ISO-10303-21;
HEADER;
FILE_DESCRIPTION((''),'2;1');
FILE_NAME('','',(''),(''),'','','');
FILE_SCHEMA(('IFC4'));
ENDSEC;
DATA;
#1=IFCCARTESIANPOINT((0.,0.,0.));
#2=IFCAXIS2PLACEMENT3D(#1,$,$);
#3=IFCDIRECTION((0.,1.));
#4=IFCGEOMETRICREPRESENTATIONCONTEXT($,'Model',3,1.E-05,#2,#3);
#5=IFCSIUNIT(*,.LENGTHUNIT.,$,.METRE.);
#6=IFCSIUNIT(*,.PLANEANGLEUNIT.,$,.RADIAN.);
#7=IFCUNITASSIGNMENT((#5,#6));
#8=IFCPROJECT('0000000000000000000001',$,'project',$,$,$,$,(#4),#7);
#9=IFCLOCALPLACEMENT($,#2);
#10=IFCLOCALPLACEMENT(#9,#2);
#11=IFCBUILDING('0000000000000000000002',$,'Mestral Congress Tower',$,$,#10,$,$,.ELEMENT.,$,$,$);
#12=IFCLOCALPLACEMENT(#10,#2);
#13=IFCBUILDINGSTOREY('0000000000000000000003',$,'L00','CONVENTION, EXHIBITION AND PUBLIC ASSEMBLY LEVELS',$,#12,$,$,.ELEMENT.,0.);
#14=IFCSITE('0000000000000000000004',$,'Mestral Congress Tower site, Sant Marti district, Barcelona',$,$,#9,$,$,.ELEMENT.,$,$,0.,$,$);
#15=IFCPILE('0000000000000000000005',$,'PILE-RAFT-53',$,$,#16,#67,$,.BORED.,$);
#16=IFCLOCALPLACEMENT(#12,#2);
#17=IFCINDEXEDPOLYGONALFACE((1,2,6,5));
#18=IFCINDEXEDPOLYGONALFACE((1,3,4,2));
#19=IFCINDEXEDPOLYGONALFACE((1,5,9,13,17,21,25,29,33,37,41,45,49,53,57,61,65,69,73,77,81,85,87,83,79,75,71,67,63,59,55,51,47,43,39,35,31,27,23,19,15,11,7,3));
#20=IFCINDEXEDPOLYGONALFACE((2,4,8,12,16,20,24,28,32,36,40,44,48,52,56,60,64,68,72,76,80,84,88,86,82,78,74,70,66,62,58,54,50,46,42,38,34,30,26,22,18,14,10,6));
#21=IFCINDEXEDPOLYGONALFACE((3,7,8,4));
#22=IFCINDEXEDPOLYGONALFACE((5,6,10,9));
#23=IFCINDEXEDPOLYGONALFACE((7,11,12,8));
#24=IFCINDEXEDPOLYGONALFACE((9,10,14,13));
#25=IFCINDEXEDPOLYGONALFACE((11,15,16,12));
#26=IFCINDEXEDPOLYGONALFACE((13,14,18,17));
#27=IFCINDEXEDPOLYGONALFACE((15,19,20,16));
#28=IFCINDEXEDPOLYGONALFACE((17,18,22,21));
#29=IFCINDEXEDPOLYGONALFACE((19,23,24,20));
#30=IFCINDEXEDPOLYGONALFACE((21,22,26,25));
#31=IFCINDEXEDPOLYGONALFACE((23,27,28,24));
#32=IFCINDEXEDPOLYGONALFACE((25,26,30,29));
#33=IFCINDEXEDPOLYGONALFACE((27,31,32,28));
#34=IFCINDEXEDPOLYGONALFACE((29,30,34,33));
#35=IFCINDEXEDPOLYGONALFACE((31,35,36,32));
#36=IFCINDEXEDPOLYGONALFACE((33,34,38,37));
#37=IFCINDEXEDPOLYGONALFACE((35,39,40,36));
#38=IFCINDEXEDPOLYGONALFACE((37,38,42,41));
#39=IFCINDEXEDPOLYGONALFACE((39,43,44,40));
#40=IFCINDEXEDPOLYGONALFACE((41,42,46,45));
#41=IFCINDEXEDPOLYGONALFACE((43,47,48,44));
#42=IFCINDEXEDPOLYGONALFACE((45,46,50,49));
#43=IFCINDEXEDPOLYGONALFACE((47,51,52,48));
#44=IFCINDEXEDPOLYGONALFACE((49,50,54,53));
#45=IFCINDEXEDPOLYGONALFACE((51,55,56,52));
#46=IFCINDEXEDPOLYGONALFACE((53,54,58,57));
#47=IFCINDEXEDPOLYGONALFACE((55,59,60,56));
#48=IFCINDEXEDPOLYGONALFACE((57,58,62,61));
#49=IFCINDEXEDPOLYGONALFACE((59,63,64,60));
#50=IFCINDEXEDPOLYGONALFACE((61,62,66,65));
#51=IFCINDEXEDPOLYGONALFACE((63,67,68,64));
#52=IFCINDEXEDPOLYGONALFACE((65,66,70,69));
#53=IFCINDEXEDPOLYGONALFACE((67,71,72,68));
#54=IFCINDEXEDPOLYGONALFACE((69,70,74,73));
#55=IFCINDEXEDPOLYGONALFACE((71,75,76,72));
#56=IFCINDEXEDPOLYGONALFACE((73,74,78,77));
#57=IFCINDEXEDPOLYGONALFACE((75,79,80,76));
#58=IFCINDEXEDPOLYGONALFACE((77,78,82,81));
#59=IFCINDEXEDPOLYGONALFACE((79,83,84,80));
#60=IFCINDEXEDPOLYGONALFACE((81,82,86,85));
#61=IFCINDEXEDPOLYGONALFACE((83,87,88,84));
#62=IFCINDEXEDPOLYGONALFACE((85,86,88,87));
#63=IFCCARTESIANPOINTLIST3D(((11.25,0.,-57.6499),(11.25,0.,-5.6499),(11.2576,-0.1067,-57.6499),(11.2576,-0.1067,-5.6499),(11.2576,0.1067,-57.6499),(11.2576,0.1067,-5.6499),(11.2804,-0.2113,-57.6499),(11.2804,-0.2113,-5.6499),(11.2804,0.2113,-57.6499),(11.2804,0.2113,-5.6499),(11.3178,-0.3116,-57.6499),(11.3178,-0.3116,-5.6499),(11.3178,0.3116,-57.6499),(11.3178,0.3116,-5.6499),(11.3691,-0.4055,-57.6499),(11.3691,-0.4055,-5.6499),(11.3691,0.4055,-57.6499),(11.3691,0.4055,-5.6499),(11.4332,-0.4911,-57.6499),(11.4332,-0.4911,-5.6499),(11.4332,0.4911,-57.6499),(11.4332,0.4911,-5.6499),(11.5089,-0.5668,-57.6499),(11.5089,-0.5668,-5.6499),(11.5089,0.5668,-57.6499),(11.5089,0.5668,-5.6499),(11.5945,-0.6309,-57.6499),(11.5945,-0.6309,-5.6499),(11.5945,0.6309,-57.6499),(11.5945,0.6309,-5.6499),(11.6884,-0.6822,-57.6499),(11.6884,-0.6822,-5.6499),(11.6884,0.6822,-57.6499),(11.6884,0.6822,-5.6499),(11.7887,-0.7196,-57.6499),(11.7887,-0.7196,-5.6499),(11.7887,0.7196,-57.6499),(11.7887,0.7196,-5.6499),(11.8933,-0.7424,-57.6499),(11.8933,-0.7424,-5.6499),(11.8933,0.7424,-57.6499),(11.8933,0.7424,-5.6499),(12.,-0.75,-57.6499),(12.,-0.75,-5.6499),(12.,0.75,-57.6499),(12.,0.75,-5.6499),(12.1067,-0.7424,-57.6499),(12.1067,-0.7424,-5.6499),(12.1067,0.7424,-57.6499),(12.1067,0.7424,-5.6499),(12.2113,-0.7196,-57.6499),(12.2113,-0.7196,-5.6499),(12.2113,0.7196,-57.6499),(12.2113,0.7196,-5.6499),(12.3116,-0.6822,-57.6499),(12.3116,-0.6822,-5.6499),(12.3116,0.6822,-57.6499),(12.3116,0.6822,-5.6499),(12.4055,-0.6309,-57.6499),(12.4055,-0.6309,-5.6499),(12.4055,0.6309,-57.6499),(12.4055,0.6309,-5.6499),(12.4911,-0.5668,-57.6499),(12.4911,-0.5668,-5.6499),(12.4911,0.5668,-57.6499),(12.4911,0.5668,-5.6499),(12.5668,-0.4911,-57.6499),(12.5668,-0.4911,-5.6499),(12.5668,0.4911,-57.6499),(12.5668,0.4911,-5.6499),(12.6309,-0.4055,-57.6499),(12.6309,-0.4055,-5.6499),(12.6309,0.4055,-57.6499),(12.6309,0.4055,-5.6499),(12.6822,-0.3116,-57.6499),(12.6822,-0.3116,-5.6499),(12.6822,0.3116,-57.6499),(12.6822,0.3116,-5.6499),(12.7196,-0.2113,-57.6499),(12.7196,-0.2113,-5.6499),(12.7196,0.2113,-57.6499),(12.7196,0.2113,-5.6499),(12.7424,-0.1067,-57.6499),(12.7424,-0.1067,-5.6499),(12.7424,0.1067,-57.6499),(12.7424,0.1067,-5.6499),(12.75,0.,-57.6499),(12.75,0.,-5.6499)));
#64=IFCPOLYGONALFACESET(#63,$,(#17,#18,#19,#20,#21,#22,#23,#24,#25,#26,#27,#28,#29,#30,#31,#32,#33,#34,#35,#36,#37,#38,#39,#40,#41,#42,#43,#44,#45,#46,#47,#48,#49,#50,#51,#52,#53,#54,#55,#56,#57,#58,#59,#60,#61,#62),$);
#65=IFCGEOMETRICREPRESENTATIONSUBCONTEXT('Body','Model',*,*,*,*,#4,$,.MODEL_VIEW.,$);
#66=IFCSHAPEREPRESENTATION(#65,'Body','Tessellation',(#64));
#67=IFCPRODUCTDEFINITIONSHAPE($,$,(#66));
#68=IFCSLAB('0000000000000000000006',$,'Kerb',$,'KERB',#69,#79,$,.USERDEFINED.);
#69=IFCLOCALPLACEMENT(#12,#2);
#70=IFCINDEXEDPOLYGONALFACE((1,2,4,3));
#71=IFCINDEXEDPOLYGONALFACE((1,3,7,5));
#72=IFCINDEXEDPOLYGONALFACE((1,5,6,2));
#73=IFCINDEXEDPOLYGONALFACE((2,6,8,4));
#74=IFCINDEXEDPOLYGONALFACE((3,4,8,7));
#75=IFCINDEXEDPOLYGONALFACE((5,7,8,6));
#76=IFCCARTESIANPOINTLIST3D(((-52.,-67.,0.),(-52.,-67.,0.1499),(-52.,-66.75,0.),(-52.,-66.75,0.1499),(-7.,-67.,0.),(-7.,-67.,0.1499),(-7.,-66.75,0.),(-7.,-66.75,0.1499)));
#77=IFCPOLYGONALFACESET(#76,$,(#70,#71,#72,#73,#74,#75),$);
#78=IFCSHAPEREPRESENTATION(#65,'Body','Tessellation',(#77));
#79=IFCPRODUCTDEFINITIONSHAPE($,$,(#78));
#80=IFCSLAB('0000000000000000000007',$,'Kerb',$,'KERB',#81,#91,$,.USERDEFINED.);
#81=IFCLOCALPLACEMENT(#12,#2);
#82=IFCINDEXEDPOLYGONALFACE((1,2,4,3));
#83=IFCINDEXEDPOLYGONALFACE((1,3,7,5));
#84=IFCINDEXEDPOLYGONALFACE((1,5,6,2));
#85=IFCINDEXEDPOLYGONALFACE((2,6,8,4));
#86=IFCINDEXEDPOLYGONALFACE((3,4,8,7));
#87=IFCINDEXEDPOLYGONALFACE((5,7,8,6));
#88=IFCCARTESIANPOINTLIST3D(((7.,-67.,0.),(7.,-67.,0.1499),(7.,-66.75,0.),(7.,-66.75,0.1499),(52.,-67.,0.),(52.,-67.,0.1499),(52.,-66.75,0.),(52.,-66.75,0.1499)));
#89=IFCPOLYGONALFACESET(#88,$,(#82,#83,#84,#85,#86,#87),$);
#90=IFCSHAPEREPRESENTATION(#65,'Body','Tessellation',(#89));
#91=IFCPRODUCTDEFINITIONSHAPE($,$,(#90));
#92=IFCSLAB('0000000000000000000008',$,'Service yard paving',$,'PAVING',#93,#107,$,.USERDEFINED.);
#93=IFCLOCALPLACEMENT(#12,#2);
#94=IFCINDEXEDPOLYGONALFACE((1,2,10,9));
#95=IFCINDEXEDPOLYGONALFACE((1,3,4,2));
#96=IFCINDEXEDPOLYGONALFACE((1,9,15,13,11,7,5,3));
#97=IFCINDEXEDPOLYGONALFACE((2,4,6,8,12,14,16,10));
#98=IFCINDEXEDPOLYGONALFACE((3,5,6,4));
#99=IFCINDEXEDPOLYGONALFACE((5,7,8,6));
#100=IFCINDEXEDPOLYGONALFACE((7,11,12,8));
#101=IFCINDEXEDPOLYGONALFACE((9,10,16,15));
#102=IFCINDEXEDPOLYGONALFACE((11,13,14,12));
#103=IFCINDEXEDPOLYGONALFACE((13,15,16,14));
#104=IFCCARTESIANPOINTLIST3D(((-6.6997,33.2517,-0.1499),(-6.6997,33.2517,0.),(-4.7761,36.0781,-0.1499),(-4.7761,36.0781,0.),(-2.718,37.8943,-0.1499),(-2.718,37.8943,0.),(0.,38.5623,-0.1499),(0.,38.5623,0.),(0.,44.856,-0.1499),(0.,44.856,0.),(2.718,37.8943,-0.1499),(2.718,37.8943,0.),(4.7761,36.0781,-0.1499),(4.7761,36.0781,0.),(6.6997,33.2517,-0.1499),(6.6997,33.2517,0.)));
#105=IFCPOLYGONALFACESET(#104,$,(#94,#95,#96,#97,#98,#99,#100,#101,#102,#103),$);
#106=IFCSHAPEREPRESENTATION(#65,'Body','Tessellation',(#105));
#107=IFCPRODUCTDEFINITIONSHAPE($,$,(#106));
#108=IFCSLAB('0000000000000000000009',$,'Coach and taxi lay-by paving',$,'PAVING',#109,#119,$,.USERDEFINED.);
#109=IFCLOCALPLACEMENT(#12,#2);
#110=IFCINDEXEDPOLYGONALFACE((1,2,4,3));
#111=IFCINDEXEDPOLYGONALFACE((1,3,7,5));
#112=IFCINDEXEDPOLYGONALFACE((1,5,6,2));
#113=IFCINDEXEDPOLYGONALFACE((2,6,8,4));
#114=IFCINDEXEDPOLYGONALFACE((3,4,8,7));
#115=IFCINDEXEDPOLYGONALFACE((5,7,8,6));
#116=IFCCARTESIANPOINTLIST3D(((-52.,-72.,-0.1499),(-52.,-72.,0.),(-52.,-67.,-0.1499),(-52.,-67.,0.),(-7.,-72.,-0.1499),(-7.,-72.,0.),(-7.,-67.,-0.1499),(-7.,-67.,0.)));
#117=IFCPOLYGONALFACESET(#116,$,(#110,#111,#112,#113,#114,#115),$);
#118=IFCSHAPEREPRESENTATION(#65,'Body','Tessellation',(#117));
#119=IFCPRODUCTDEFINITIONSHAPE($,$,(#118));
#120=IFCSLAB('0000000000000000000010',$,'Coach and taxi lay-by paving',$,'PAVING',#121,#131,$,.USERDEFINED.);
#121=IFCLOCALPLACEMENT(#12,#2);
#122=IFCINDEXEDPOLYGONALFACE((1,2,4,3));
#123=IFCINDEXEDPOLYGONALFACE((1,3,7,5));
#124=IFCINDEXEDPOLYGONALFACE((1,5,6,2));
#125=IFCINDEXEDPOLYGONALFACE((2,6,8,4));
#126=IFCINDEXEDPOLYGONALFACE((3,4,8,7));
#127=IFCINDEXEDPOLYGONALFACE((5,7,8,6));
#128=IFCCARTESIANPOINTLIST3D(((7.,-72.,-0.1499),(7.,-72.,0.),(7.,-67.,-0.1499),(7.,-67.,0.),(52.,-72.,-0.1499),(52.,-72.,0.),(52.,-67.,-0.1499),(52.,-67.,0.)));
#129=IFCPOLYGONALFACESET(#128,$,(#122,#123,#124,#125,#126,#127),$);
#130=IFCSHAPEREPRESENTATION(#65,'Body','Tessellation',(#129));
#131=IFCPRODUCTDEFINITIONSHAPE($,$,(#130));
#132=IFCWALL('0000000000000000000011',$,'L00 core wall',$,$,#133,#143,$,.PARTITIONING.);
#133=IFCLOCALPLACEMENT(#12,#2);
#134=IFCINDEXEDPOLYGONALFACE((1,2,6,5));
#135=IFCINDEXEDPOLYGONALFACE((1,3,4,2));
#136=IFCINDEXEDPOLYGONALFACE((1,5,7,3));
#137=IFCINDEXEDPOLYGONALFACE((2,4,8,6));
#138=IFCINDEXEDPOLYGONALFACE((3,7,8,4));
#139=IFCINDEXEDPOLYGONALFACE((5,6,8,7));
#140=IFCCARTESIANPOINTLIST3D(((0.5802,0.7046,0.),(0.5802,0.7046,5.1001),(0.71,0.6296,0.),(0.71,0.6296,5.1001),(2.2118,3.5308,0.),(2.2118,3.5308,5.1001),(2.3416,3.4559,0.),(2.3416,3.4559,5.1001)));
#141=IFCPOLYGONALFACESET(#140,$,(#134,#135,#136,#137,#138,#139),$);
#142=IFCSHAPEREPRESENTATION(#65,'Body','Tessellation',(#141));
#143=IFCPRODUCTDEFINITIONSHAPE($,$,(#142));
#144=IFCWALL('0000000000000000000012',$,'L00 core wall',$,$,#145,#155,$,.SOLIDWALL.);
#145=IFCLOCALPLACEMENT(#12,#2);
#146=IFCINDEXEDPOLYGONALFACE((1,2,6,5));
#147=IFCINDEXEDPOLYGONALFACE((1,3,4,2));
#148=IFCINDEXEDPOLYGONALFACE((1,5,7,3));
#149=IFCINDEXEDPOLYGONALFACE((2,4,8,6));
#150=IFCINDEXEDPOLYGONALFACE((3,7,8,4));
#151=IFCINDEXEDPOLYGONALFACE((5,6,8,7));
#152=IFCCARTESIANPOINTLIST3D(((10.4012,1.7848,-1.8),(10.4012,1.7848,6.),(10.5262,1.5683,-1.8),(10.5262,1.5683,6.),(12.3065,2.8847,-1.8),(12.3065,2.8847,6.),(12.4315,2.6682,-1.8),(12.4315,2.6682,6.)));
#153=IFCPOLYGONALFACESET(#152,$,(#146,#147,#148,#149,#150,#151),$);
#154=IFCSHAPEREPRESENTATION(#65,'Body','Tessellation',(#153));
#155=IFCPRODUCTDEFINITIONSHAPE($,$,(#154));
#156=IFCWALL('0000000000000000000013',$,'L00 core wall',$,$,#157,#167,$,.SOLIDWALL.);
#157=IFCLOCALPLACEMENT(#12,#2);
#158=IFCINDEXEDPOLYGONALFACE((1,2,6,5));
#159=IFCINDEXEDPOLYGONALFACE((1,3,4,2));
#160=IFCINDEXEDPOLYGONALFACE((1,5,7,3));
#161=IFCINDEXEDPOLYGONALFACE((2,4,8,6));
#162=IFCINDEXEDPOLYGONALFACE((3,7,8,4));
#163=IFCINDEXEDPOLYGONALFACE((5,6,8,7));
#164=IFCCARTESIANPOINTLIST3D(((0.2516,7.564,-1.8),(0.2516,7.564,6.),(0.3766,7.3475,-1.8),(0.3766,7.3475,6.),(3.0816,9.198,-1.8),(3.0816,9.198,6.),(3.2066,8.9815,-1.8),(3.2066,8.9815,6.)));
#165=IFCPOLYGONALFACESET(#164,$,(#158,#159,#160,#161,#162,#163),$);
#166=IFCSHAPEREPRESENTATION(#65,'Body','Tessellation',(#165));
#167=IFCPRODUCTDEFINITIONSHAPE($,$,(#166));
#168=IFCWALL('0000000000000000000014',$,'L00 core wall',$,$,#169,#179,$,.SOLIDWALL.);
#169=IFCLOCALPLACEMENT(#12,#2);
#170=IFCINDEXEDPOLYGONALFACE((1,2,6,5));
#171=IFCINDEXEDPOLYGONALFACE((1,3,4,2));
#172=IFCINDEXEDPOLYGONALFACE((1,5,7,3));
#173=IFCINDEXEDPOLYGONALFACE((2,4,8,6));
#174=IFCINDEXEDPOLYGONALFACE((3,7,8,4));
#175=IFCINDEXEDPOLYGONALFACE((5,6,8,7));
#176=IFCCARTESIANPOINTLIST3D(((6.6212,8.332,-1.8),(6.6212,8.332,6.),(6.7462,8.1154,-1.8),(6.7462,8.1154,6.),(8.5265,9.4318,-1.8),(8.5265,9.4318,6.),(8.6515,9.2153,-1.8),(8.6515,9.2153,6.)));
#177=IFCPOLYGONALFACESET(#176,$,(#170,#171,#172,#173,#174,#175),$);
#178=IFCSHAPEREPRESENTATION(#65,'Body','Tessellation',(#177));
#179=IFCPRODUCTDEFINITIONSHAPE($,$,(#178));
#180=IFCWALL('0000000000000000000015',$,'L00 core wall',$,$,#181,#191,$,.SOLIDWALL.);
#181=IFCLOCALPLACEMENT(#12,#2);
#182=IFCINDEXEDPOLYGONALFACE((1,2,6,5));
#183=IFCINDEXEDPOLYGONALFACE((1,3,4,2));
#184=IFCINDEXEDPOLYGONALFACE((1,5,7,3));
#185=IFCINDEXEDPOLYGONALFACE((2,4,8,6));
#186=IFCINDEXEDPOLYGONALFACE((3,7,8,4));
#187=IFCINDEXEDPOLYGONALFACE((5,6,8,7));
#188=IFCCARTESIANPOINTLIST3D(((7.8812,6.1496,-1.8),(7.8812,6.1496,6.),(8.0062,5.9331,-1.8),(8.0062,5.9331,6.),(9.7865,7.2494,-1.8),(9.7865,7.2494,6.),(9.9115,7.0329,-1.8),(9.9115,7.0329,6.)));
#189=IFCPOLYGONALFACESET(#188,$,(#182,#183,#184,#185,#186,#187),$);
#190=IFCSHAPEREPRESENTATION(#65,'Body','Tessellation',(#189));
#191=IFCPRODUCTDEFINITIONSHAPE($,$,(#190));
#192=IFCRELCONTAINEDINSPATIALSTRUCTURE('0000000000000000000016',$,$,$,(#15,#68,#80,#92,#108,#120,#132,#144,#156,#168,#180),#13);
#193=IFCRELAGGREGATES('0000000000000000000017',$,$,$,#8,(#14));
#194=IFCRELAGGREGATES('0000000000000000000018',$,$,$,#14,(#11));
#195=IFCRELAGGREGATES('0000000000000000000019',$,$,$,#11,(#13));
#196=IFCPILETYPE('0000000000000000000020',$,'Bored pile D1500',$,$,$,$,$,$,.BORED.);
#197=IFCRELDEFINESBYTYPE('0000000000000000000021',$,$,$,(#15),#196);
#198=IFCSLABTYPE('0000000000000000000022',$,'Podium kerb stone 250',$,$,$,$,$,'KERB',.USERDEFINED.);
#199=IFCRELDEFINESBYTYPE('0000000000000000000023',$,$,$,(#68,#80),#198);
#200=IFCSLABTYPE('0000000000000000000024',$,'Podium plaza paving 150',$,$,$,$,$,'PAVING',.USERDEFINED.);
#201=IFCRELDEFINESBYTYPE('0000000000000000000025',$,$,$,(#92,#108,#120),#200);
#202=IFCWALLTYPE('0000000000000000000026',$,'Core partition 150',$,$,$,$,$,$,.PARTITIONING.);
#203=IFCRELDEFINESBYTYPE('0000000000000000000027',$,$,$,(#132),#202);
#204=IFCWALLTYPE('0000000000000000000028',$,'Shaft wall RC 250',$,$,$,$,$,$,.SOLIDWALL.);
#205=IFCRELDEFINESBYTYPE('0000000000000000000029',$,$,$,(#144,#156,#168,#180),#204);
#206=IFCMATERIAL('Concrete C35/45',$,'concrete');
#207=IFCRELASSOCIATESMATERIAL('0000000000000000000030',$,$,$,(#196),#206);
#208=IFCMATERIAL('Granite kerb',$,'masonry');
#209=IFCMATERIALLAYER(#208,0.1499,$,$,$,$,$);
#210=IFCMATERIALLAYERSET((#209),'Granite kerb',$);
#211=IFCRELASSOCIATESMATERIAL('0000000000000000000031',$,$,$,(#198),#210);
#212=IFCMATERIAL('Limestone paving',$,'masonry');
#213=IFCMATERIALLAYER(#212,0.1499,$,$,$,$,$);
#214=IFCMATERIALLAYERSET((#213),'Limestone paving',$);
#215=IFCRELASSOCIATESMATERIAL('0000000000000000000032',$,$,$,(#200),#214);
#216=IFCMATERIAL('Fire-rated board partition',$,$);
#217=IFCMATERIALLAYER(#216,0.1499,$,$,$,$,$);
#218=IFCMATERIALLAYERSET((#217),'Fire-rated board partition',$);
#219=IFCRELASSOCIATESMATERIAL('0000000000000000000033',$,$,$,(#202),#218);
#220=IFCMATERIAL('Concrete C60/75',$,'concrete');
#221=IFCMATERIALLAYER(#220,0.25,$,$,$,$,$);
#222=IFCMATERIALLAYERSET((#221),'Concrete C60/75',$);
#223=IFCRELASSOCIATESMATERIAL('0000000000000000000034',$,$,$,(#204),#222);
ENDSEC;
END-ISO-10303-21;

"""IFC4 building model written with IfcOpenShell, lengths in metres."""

from ifc_helpers import new_model, si_unit, direction, frame, frame_2d, origin, origin_2d, place, context, subcontext, project, spatial, polyline, rectangle, circle, outline, extrude, material, layer, layer_set, material_profile, profile_set, type_object, element, save


model = new_model("IFC4")

# Units and contexts
model_context = context("Model", 3, precision=1e-05, world=origin(), true_north=direction((0.0, 1.0)))
body_context = subcontext(model_context, "Body", "Model", "MODEL_VIEW")
ifc_project = project(units=[si_unit("LENGTHUNIT", "METRE"), si_unit("PLANEANGLEUNIT", "RADIAN")], contexts=[model_context])

# Site, building, storey
site_placement = place(None, origin())
site = spatial("IfcSite", under=ifc_project, at=site_placement, Name="Mestral Congress Tower site, Sant Marti district, Barcelona", CompositionType="ELEMENT", RefElevation=0.0)
building_placement = place(site_placement, origin())
building = spatial("IfcBuilding", under=site, at=building_placement, Name="Mestral Congress Tower", CompositionType="ELEMENT")
storey_placement = place(building_placement, origin())
storey = spatial("IfcBuildingStorey", under=building, at=storey_placement, Name="L00", Description="CONVENTION, EXHIBITION AND PUBLIC ASSEMBLY LEVELS", CompositionType="ELEMENT", Elevation=0.0)

# Pile
ifc_material_1 = material(Name="Concrete C35/45", Category="concrete")
ifc_material_profile = material_profile(ifc_material_1, circle(Radius=0.75, at=origin_2d()), Name="D1500")
ifc_profile_set = profile_set([ifc_material_profile], Name="Concrete C35/45")
pile_type = type_object("IfcPileType", Name="Bored pile D1500", PredefinedType="BORED", material=ifc_profile_set)
for number, where, z_axis, x_axis, name in (
    (1, (12.0, 0.0, -5.6499), (0.0, 0.0, -1.0), (1.0, 0.0, 0.0), "PILE-RAFT-53"),
):
    element("IfcPile", number, at=place(storey_placement, frame(where, z_axis=z_axis, x_axis=x_axis)), inside=storey, type_object=pile_type, Name=name, PredefinedType="BORED", context=body_context, shape_type="SweptSolid", body=[
        extrude(circle(Radius=0.75, at=origin_2d()), origin(), (0.0, 0.0, 1.0), 52.0),
    ])

# Slabs
ifc_material_2 = material(Name="Granite kerb", Category="masonry")
ifc_layer_1 = layer(ifc_material_2, 0.1499)
ifc_layer_set_1 = layer_set([ifc_layer_1], Name="Granite kerb")
slab_type_1 = type_object("IfcSlabType", Name="Podium kerb stone 250", ElementType="KERB", PredefinedType="USERDEFINED", material=ifc_layer_set_1)
placement_1 = place(storey_placement, origin())
element("IfcSlab", 2, at=placement_1, inside=storey, type_object=slab_type_1, Name="Kerb", ObjectType="KERB", PredefinedType="USERDEFINED", context=body_context, shape_type="SweptSolid", body=[
    extrude(outline(polyline([(-52.0, -67.0), (-7.0, -67.0), (-7.0, -66.75), (-52.0, -66.75), (-52.0, -67.0)])), origin(), (0.0, 0.0, 1.0), 0.1499),
])
element("IfcSlab", 3, at=placement_1, inside=storey, type_object=slab_type_1, Name="Kerb", ObjectType="KERB", PredefinedType="USERDEFINED", context=body_context, shape_type="SweptSolid", body=[
    extrude(outline(polyline([(7.0, -67.0), (52.0, -67.0), (52.0, -66.75), (7.0, -66.75), (7.0, -67.0)])), origin(), (0.0, 0.0, 1.0), 0.1499),
])
ifc_material_3 = material(Name="Limestone paving", Category="masonry")
ifc_layer_2 = layer(ifc_material_3, 0.1499)
ifc_layer_set_2 = layer_set([ifc_layer_2], Name="Limestone paving")
slab_type_2 = type_object("IfcSlabType", Name="Podium plaza paving 150", ElementType="PAVING", PredefinedType="USERDEFINED", material=ifc_layer_set_2)
placement_2 = place(storey_placement, frame((0.0, 0.0, -0.1499)))
element("IfcSlab", 4, at=placement_2, inside=storey, type_object=slab_type_2, Name="Service yard paving", ObjectType="PAVING", PredefinedType="USERDEFINED", context=body_context, shape_type="SweptSolid", body=[
    extrude(outline(polyline([(2.718, 37.8943), (0.0, 38.5623), (-2.718, 37.8943), (-4.7761, 36.0781), (-6.6997, 33.2517), (0.0, 44.856), (6.6997, 33.2517), (4.7761, 36.0781), (2.718, 37.8943)])), origin(), (0.0, 0.0, 1.0), 0.1499),
])
element("IfcSlab", 5, at=placement_2, inside=storey, type_object=slab_type_2, Name="Coach and taxi lay-by paving", ObjectType="PAVING", PredefinedType="USERDEFINED", context=body_context, shape_type="SweptSolid", body=[
    extrude(outline(polyline([(-52.0, -72.0), (-52.0, -67.0), (-7.0, -67.0), (-7.0, -72.0), (-52.0, -72.0)])), origin(), (0.0, 0.0, 1.0), 0.1499),
])
element("IfcSlab", 6, at=placement_2, inside=storey, type_object=slab_type_2, Name="Coach and taxi lay-by paving", ObjectType="PAVING", PredefinedType="USERDEFINED", context=body_context, shape_type="SweptSolid", body=[
    extrude(outline(polyline([(7.0, -72.0), (7.0, -67.0), (52.0, -67.0), (52.0, -72.0), (7.0, -72.0)])), origin(), (0.0, 0.0, 1.0), 0.1499),
])

# Walls
ifc_material_4 = material(Name="Fire-rated board partition")
ifc_layer_3 = layer(ifc_material_4, 0.1499)
ifc_layer_set_3 = layer_set([ifc_layer_3], Name="Fire-rated board partition")
wall_type_1 = type_object("IfcWallType", Name="Core partition 150", PredefinedType="PARTITIONING", material=ifc_layer_set_3)
wall_1_placement = place(storey_placement, frame((0.645, 0.667, 0.0), z_axis=(0.0, 0.0, 1.0), x_axis=(0.499977, 0.866039, 0.0)))
element("IfcWall", 7, at=wall_1_placement, inside=storey, type_object=wall_type_1, Name="L00 core wall", PredefinedType="PARTITIONING", context=body_context, shape_type="SweptSolid", body=[
    extrude(rectangle(XDim=3.2634, YDim=0.1499, at=frame_2d((1.6318, 0.0))), origin(), (0.0, 0.0, 1.0), 5.1001),
])
ifc_material_5 = material(Name="Concrete C60/75", Category="concrete")
ifc_layer_4 = layer(ifc_material_5, 0.25)
ifc_layer_set_4 = layer_set([ifc_layer_4], Name="Concrete C60/75")
wall_type_2 = type_object("IfcWallType", Name="Shaft wall RC 250", PredefinedType="SOLIDWALL", material=ifc_layer_set_4)
wall_2_placement = place(storey_placement, frame((10.4636, 1.6765, -1.8), z_axis=(0.0, 0.0, 1.0), x_axis=(0.866056, 0.499947, 0.0)))
element("IfcWall", 8, at=wall_2_placement, inside=storey, type_object=wall_type_2, Name="L00 core wall", PredefinedType="SOLIDWALL", context=body_context, shape_type="SweptSolid", body=[
    extrude(rectangle(XDim=2.2, YDim=0.25, at=frame_2d((1.1001, 0.0))), origin(), (0.0, 0.0, 1.0), 7.8),
])
wall_3_placement = place(storey_placement, frame((0.3142, 7.4558, -1.8), z_axis=(0.0, 0.0, 1.0), x_axis=(0.866014, 0.50002, 0.0)))
element("IfcWall", 9, at=wall_3_placement, inside=storey, type_object=wall_type_2, Name="L00 core wall", PredefinedType="SOLIDWALL", context=body_context, shape_type="SweptSolid", body=[
    extrude(rectangle(XDim=3.2678, YDim=0.25, at=frame_2d((1.6338, 0.0))), origin(), (0.0, 0.0, 1.0), 7.8),
])
for number, where, z_axis, x_axis, name in (
    (10, (6.6836, 8.2236, -1.8), (0.0, 0.0, 1.0), (0.866056, 0.499947, 0.0), "L00 core wall"),
    (11, (7.9436, 6.0413, -1.8), (0.0, 0.0, 1.0), (0.866056, 0.499947, 0.0), "L00 core wall"),
):
    element("IfcWall", number, at=place(storey_placement, frame(where, z_axis=z_axis, x_axis=x_axis)), inside=storey, type_object=wall_type_2, Name=name, PredefinedType="SOLIDWALL", context=body_context, shape_type="SweptSolid", body=[
        extrude(rectangle(XDim=2.2, YDim=0.25, at=frame_2d((1.1001, 0.0))), origin(), (0.0, 0.0, 1.0), 7.8),
    ])

save(model, "model.ifc")
